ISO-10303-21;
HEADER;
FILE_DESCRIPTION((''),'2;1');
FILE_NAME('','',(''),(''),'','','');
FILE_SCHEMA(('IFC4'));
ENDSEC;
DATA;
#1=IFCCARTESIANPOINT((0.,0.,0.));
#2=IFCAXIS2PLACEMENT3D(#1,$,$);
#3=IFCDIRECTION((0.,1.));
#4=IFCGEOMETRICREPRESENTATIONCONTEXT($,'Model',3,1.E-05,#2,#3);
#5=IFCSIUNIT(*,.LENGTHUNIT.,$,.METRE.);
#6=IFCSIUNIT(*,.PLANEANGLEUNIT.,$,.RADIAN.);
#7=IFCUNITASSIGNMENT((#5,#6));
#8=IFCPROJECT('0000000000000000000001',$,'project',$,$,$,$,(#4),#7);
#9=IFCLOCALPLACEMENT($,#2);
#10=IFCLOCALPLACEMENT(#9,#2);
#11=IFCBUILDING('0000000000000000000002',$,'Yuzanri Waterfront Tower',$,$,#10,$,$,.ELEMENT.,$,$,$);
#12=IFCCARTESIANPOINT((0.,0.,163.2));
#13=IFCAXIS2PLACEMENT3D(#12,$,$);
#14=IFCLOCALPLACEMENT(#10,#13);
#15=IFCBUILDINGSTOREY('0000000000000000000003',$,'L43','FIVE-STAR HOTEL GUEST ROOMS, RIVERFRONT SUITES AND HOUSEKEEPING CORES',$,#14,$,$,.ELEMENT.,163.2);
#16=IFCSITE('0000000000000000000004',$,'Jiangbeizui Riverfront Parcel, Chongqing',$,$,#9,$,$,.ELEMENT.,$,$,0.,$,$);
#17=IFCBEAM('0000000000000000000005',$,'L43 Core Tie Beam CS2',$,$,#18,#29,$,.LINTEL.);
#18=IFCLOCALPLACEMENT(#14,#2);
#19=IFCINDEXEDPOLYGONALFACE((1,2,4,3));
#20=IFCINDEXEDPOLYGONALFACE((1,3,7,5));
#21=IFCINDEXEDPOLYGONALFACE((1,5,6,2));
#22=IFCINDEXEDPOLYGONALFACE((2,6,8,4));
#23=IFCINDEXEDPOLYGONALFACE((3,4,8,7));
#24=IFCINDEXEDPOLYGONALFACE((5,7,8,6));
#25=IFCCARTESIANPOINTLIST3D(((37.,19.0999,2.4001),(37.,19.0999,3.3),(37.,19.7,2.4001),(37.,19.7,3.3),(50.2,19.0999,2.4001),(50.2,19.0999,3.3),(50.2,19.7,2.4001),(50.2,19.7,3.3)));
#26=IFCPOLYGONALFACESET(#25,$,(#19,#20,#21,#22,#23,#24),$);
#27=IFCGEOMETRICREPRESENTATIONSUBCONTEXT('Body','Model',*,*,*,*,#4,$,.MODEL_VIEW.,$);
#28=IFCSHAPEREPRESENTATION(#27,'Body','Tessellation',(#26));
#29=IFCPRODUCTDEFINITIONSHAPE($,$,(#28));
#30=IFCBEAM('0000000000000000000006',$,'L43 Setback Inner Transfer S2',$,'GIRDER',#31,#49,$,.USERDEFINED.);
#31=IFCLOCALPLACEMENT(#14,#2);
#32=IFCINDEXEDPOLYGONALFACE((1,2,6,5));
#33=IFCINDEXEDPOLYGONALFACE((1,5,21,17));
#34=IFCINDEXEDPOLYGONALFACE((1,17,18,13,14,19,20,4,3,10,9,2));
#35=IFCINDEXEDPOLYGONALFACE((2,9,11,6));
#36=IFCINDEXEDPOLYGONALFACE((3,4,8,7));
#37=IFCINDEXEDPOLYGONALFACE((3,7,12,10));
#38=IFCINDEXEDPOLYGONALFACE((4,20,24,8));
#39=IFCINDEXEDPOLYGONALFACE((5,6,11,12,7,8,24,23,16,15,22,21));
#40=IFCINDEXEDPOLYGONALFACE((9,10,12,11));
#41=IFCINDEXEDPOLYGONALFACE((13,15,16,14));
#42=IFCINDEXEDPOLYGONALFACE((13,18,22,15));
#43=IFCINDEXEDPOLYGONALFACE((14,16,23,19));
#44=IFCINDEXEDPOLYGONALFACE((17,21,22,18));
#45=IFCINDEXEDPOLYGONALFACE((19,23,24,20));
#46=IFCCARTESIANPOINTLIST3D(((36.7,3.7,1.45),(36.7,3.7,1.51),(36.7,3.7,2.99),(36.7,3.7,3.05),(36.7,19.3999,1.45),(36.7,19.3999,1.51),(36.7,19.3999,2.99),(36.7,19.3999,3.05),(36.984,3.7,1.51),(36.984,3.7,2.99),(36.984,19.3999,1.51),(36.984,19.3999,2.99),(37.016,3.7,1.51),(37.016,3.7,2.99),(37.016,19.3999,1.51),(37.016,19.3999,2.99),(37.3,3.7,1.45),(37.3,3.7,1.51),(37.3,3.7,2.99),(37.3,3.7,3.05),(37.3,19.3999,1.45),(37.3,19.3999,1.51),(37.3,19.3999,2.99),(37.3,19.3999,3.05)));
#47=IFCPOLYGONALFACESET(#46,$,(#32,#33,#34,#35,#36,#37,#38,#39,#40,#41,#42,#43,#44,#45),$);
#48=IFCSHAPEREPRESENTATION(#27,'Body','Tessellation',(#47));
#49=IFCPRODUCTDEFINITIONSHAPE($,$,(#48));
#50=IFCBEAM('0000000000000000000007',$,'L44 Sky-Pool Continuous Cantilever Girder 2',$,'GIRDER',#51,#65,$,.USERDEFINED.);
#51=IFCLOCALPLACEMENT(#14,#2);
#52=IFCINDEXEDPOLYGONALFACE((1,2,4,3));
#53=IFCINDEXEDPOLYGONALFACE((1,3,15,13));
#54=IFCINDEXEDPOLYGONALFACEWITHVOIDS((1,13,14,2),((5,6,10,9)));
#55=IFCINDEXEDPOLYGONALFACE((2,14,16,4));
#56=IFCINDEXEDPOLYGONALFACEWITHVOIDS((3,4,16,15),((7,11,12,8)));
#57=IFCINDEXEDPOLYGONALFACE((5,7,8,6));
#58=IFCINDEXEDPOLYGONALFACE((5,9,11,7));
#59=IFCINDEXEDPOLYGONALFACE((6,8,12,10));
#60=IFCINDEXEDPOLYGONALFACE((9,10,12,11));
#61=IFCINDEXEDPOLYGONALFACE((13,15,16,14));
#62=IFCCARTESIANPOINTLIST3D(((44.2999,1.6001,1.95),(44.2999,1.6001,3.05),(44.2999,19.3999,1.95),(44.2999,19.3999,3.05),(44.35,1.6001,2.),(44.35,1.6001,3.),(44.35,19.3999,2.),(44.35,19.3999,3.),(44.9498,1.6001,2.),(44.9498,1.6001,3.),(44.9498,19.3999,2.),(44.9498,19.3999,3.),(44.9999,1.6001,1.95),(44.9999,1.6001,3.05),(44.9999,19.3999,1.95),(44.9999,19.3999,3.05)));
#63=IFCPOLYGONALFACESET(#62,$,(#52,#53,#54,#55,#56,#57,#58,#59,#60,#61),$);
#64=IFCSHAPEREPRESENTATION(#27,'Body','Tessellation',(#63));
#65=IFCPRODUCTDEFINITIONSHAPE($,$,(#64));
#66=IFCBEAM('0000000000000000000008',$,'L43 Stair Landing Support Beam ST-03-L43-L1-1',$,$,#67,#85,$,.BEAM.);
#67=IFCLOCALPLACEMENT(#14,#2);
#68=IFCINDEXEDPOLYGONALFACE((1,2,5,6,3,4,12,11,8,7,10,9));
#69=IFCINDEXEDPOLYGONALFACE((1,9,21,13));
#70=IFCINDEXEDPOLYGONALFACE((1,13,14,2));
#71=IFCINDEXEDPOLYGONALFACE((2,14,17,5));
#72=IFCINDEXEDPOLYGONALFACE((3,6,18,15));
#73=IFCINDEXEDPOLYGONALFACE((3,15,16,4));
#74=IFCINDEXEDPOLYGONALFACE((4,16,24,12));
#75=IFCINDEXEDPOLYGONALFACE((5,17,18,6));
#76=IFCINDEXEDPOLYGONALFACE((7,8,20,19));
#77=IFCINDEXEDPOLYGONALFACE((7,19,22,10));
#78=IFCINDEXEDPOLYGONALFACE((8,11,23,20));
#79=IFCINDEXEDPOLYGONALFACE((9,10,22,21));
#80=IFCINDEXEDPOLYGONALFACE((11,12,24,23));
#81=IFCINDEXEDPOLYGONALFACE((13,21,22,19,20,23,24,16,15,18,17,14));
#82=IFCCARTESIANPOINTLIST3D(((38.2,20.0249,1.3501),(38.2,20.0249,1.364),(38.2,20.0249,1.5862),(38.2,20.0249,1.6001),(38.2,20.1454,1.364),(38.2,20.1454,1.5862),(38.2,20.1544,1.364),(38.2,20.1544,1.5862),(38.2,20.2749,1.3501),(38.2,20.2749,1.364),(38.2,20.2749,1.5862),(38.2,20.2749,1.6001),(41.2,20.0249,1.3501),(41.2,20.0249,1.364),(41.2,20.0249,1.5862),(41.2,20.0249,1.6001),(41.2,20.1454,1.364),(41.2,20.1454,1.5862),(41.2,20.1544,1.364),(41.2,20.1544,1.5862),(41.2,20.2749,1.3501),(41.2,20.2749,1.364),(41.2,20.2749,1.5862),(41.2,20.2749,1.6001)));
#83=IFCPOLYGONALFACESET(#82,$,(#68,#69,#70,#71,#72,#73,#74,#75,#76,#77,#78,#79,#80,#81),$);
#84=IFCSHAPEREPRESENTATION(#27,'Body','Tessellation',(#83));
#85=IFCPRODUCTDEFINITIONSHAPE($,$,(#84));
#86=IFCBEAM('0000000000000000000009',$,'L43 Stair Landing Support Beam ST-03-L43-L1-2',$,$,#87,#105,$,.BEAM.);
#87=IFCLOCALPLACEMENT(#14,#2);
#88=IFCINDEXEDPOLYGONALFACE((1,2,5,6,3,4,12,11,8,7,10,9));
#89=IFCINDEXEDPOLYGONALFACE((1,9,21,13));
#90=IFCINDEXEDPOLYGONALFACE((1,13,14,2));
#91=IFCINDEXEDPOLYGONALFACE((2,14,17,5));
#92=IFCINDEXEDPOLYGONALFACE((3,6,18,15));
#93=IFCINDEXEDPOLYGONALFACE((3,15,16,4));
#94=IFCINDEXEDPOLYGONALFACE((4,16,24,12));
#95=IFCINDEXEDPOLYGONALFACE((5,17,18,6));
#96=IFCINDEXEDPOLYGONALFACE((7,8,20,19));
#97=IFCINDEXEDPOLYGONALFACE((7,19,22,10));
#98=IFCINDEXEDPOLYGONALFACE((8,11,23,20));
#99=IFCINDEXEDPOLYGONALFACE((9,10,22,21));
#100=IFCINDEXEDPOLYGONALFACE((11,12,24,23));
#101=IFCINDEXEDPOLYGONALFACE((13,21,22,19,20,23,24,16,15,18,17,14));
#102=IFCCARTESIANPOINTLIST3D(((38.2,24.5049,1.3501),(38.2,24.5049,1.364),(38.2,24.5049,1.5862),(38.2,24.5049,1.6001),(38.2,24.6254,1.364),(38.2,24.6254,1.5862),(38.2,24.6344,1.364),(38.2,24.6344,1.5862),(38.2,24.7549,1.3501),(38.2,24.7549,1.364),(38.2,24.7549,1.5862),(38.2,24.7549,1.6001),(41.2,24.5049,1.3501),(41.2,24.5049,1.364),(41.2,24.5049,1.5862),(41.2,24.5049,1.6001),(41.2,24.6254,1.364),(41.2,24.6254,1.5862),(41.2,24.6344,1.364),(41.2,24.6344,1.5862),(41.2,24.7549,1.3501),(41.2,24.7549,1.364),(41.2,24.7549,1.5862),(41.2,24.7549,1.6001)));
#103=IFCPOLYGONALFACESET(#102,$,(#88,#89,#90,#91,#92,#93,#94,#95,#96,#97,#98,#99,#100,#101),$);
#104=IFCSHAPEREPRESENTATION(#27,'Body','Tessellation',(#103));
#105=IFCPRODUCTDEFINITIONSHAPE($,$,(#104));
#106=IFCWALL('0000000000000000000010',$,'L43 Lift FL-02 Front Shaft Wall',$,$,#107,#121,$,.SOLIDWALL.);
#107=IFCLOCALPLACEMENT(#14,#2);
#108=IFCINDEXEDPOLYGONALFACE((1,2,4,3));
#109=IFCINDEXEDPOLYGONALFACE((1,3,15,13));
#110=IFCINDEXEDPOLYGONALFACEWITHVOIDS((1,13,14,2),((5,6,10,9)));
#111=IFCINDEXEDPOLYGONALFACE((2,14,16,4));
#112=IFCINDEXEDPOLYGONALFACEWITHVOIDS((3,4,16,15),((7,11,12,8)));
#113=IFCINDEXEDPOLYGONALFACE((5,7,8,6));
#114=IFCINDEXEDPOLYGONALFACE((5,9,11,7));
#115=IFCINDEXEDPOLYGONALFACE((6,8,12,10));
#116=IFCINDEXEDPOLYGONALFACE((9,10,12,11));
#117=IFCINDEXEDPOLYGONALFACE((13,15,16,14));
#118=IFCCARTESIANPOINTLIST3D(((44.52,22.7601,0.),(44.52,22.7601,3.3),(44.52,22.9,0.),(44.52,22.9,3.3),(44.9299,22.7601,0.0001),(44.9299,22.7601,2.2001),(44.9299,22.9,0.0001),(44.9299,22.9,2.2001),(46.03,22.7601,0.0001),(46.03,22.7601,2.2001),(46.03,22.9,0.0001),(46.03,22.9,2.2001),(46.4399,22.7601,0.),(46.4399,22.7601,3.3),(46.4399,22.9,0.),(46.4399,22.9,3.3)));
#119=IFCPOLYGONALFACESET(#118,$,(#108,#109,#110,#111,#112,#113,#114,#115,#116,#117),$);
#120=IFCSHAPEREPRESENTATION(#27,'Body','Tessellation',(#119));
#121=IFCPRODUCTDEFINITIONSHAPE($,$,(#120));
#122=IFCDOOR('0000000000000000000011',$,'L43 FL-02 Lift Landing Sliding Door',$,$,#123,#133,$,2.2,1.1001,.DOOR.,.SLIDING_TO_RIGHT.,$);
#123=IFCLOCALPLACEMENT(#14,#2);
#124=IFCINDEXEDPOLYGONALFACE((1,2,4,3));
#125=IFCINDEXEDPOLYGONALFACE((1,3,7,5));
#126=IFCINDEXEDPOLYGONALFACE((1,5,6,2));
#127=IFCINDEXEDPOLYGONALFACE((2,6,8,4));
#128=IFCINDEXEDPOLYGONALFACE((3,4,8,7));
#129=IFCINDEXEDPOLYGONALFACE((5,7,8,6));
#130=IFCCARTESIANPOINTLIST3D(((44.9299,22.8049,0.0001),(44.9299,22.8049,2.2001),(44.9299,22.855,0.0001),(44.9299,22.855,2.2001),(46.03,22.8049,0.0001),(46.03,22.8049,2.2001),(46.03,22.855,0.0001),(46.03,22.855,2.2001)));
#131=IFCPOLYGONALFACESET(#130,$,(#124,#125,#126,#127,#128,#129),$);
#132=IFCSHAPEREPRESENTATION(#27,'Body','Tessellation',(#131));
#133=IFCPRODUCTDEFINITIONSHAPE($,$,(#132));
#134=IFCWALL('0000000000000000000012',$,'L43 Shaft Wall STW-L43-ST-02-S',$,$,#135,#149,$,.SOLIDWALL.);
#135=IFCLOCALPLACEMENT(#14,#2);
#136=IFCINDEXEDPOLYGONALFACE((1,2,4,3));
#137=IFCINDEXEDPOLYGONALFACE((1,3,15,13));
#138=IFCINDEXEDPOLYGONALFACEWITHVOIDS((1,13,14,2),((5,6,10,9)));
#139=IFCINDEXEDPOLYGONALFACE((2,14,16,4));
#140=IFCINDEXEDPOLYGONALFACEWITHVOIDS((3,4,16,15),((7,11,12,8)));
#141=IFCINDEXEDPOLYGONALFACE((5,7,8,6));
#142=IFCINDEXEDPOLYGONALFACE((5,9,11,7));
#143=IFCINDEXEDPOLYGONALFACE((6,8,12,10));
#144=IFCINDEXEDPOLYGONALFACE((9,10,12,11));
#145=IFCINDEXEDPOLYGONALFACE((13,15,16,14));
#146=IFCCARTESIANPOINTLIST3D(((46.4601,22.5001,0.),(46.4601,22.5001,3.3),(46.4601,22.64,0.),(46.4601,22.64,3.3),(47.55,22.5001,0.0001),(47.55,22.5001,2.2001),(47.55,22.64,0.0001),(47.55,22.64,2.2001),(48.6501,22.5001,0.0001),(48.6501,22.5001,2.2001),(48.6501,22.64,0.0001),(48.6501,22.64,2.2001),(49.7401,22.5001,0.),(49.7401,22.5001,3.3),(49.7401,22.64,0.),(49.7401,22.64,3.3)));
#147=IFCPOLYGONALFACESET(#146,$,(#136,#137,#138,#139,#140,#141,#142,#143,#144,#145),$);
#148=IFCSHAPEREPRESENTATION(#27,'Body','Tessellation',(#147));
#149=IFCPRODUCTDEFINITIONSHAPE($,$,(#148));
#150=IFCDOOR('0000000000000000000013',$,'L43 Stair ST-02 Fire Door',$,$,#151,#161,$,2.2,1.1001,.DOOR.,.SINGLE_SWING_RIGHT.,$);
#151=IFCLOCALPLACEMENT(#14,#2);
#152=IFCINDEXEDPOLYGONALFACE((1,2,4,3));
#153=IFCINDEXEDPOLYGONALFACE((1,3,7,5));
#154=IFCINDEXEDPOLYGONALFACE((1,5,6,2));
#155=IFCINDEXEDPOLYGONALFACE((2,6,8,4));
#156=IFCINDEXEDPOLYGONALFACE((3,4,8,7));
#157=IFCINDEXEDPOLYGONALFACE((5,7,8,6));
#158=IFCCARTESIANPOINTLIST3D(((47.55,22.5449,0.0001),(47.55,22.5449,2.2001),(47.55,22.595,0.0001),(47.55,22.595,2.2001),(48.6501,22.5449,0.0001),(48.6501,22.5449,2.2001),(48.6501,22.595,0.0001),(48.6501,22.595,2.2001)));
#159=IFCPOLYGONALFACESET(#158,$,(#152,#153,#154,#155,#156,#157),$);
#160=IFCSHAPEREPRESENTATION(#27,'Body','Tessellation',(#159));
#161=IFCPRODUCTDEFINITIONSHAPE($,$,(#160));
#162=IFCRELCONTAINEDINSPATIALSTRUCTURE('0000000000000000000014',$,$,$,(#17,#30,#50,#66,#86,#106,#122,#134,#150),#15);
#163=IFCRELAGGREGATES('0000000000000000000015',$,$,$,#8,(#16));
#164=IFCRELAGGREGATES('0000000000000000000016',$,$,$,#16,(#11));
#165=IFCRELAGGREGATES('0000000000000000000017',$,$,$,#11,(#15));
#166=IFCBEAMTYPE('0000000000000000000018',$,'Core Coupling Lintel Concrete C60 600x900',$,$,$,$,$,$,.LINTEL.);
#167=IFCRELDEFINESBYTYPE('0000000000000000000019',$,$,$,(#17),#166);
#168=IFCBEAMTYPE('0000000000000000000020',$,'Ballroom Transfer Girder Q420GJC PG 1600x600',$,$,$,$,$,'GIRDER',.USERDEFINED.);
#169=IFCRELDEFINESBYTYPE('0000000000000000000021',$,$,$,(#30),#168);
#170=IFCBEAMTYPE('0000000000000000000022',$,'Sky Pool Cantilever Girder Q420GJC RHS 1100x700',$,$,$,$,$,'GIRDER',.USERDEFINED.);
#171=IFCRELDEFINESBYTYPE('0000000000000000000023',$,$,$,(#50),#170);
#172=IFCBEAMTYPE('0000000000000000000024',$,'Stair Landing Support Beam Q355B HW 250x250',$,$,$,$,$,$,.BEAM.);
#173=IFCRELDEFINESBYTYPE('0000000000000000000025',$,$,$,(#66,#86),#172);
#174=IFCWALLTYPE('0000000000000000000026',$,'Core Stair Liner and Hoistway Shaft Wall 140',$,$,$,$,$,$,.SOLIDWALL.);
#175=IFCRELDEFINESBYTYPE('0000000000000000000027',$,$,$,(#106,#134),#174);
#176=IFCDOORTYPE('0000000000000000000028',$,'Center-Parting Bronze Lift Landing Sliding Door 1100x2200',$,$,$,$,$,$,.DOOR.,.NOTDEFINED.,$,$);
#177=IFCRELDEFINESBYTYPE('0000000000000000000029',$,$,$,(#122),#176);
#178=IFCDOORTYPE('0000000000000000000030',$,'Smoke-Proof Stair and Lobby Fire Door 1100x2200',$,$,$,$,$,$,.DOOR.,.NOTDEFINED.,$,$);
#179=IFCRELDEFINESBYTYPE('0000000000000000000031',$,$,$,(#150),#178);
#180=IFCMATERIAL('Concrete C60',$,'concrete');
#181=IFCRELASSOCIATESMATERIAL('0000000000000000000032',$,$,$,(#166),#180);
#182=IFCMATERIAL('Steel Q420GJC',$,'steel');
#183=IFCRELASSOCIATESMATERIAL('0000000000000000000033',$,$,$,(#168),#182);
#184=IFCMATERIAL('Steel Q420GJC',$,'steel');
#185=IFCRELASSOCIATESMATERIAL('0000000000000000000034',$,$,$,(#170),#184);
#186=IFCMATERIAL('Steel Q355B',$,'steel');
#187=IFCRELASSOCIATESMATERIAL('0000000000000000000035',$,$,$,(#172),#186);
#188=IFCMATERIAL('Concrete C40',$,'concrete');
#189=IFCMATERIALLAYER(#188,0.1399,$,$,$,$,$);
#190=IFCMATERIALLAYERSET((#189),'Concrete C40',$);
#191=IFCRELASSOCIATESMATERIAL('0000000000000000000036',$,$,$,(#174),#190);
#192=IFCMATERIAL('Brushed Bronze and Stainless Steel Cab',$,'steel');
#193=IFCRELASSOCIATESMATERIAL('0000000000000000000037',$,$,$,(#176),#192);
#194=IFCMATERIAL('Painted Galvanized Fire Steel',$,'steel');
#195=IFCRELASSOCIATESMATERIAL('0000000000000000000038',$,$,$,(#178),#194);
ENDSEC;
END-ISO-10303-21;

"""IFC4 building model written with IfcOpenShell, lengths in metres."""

from ifc_helpers import new_model, si_unit, direction, frame, frame_2d, origin, origin_2d, place, context, subcontext, project, spatial, rectangle, hollow_rectangle, i_section, extrude, source, transform, mapped, material, layer, layer_set, material_profile, profile_set, type_object, element, fill, save


model = new_model("IFC4")

# Units and contexts
model_context = context("Model", 3, precision=1e-05, world=origin(), true_north=direction((0.0, 1.0)))
body_context = subcontext(model_context, "Body", "Model", "MODEL_VIEW")
ifc_project = project(units=[si_unit("LENGTHUNIT", "METRE"), si_unit("PLANEANGLEUNIT", "RADIAN")], contexts=[model_context])

# Site, building, storey
site_placement = place(None, origin())
site = spatial("IfcSite", under=ifc_project, at=site_placement, Name="Jiangbeizui Riverfront Parcel, Chongqing", CompositionType="ELEMENT", RefElevation=0.0)
building_placement = place(site_placement, origin())
building = spatial("IfcBuilding", under=site, at=building_placement, Name="Yuzanri Waterfront Tower", CompositionType="ELEMENT")
storey_placement = place(building_placement, frame((0.0, 0.0, 163.2)))
storey = spatial("IfcBuildingStorey", under=building, at=storey_placement, Name="L43", Description="FIVE-STAR HOTEL GUEST ROOMS, RIVERFRONT SUITES AND HOUSEKEEPING CORES", CompositionType="ELEMENT", Elevation=163.2)

# Beams
ifc_material_1 = material(Name="Concrete C60", Category="concrete")
ifc_material_profile_1 = material_profile(ifc_material_1, rectangle(XDim=0.6001, YDim=0.8999, at=origin_2d()), Name="RC 600x900")
ifc_profile_set_1 = profile_set([ifc_material_profile_1], Name="Concrete C60")
beam_type_1 = type_object("IfcBeamType", Name="Core Coupling Lintel Concrete C60 600x900", PredefinedType="LINTEL", material=ifc_profile_set_1)
shared_shape_1 = source(origin(), body_context, "Body", "SweptSolid", [
    extrude(rectangle(XDim=0.6001, YDim=0.8999, at=origin_2d()), origin(), (0.0, 0.0, 1.0), 13.2),
])
beam_1_placement = place(storey_placement, frame((37.0, 19.3999, 2.8501), z_axis=(1.0, 0.0, 0.0), x_axis=(0.0, 1.0, 0.0)))
element("IfcBeam", 1, at=beam_1_placement, inside=storey, type_object=beam_type_1, Name="L43 Core Tie Beam CS2", PredefinedType="LINTEL", context=body_context, shape_type="MappedRepresentation", body=[
    mapped(shared_shape_1, transform((0.0, 0.0, 0.0), scale=1.0)),
])
ifc_material_2 = material(Name="Steel Q420GJC", Category="steel")
ifc_material_profile_2 = material_profile(ifc_material_2, i_section(OverallWidth=0.6001, OverallDepth=1.6001, WebThickness=0.032, FlangeThickness=0.0601, at=origin_2d()), Name="PG 1600x600x32x60")
ifc_profile_set_2 = profile_set([ifc_material_profile_2], Name="Steel Q420GJC")
beam_type_2 = type_object("IfcBeamType", Name="Ballroom Transfer Girder Q420GJC PG 1600x600", ElementType="GIRDER", PredefinedType="USERDEFINED", material=ifc_profile_set_2)
shared_shape_2 = source(origin(), body_context, "Body", "SweptSolid", [
    extrude(i_section(OverallWidth=0.6001, OverallDepth=1.6001, WebThickness=0.032, FlangeThickness=0.0601, at=origin_2d()), origin(), (0.0, 0.0, 1.0), 15.7),
])
beam_2_placement = place(storey_placement, frame((37.0, 19.3999, 2.25), z_axis=(0.0, -1.0, 0.0), x_axis=(1.0, 0.0, 0.0)))
element("IfcBeam", 2, at=beam_2_placement, inside=storey, type_object=beam_type_2, Name="L43 Setback Inner Transfer S2", ObjectType="GIRDER", PredefinedType="USERDEFINED", context=body_context, shape_type="MappedRepresentation", body=[
    mapped(shared_shape_2, transform((0.0, 0.0, 0.0), scale=1.0)),
])
ifc_material_3 = material(Name="Steel Q420GJC", Category="steel")
ifc_material_profile_3 = material_profile(ifc_material_3, hollow_rectangle(XDim=0.7, YDim=1.1001, WallThickness=0.05, at=origin_2d()), Name="RHS 1100x700x50")
ifc_profile_set_3 = profile_set([ifc_material_profile_3], Name="Steel Q420GJC")
beam_type_3 = type_object("IfcBeamType", Name="Sky Pool Cantilever Girder Q420GJC RHS 1100x700", ElementType="GIRDER", PredefinedType="USERDEFINED", material=ifc_profile_set_3)
shared_shape_3 = source(origin(), body_context, "Body", "SweptSolid", [
    extrude(hollow_rectangle(XDim=0.7, YDim=1.1001, WallThickness=0.05, at=origin_2d()), origin(), (0.0, 0.0, 1.0), 17.7998),
])
beam_3_placement = place(storey_placement, frame((44.6499, 19.3999, 2.5), z_axis=(0.0, -1.0, 0.0), x_axis=(1.0, 0.0, 0.0)))
element("IfcBeam", 3, at=beam_3_placement, inside=storey, type_object=beam_type_3, Name="L44 Sky-Pool Continuous Cantilever Girder 2", ObjectType="GIRDER", PredefinedType="USERDEFINED", context=body_context, shape_type="MappedRepresentation", body=[
    mapped(shared_shape_3, transform((0.0, 0.0, 0.0), scale=1.0)),
])
ifc_material_4 = material(Name="Steel Q355B", Category="steel")
ifc_material_profile_4 = material_profile(ifc_material_4, i_section(OverallWidth=0.25, OverallDepth=0.25, WebThickness=0.009, FlangeThickness=0.0139, at=origin_2d()), Name="HW 250x250x9x14")
ifc_profile_set_4 = profile_set([ifc_material_profile_4], Name="Steel Q355B")
beam_type_4 = type_object("IfcBeamType", Name="Stair Landing Support Beam Q355B HW 250x250", PredefinedType="BEAM", material=ifc_profile_set_4)
shared_shape_4 = source(origin(), body_context, "Body", "SweptSolid", [
    extrude(i_section(OverallWidth=0.25, OverallDepth=0.25, WebThickness=0.009, FlangeThickness=0.0139, at=origin_2d()), origin(), (0.0, 0.0, 1.0), 3.0),
])
for number, where, z_axis, x_axis, name in (
    (4, (38.2, 20.1499, 1.4751), (1.0, 0.0, 0.0), (0.0, 1.0, 0.0), "L43 Stair Landing Support Beam ST-03-L43-L1-1"),
    (5, (38.2, 24.6299, 1.4751), (1.0, 0.0, 0.0), (0.0, 1.0, 0.0), "L43 Stair Landing Support Beam ST-03-L43-L1-2"),
):
    element("IfcBeam", number, at=place(storey_placement, frame(where, z_axis=z_axis, x_axis=x_axis)), inside=storey, type_object=beam_type_4, Name=name, PredefinedType="BEAM", context=body_context, shape_type="MappedRepresentation", body=[
        mapped(shared_shape_4, transform((0.0, 0.0, 0.0), scale=1.0)),
    ])

# Walls, openings, doors
ifc_material_5 = material(Name="Concrete C40", Category="concrete")
ifc_layer_1 = layer(ifc_material_5, 0.1399)
ifc_layer_set_1 = layer_set([ifc_layer_1], Name="Concrete C40")
wall_type_1 = type_object("IfcWallType", Name="Core Stair Liner and Hoistway Shaft Wall 140", PredefinedType="SOLIDWALL", material=ifc_layer_set_1)
wall_1_placement = place(storey_placement, frame((44.52, 22.8301, 0.0), z_axis=(0.0, 0.0, 1.0), x_axis=(1.0, 0.0, 0.0)))
wall_1 = element("IfcWall", 6, at=wall_1_placement, inside=storey, type_object=wall_type_1, Name="L43 Lift FL-02 Front Shaft Wall", PredefinedType="SOLIDWALL", context=body_context, shape_type="SweptSolid", body=[
    extrude(rectangle(XDim=1.9199, YDim=0.1399, at=frame_2d((0.96, 0.0))), origin(), (0.0, 0.0, 1.0), 3.3),
])
opening_1_placement = place(wall_1_placement, frame((0.4099, 0.0, 0.0)))
opening_1 = element("IfcOpeningElement", 7, at=opening_1_placement, cuts=wall_1, PredefinedType="OPENING", context=body_context, shape_type="SweptSolid", body=[
    extrude(rectangle(XDim=1.1001, YDim=2.2, at=frame_2d((0.55, 1.1001))), frame((0.0, 0.085, 0.0), z_axis=(0.0, -1.0, 0.0), x_axis=(1.0, 0.0, 0.0)), (0.0, 0.0, 1.0), 0.1697),
])
ifc_material_6 = material(Name="Brushed Bronze and Stainless Steel Cab", Category="steel")
door_type_1 = type_object("IfcDoorType", Name="Center-Parting Bronze Lift Landing Sliding Door 1100x2200", OperationType="NOTDEFINED", PredefinedType="DOOR", material=ifc_material_6)
shared_shape_5 = source(origin(), body_context, "Body", "SweptSolid", [
    extrude(rectangle(XDim=1.1001, YDim=2.2, at=frame_2d((0.55, 1.1001))), frame((0.0, 0.0249, 0.0), z_axis=(0.0, -1.0, 0.0), x_axis=(1.0, 0.0, 0.0)), (0.0, 0.0, 1.0), 0.05),
])
door_1_placement = place(opening_1_placement, origin())
door_1 = element("IfcDoor", 8, at=door_1_placement, inside=storey, type_object=door_type_1, Name="L43 FL-02 Lift Landing Sliding Door", OperationType="SLIDING_TO_RIGHT", OverallHeight=2.2, OverallWidth=1.1001, PredefinedType="DOOR", context=body_context, shape_type="MappedRepresentation", body=[
    mapped(shared_shape_5, transform((0.0, 0.0, 0.0), scale=1.0)),
])
fill(opening_1, door_1)
wall_2_placement = place(storey_placement, frame((46.46, 22.5701, 0.0), z_axis=(0.0, 0.0, 1.0), x_axis=(1.0, 0.0, 0.0)))
wall_2 = element("IfcWall", 9, at=wall_2_placement, inside=storey, type_object=wall_type_1, Name="L43 Shaft Wall STW-L43-ST-02-S", PredefinedType="SOLIDWALL", context=body_context, shape_type="SweptSolid", body=[
    extrude(rectangle(XDim=3.28, YDim=0.1399, at=frame_2d((1.6401, 0.0))), origin(), (0.0, 0.0, 1.0), 3.3),
])
opening_2_placement = place(wall_2_placement, frame((1.0901, 0.0, 0.0)))
opening_2 = element("IfcOpeningElement", 10, at=opening_2_placement, cuts=wall_2, PredefinedType="OPENING", context=body_context, shape_type="SweptSolid", body=[
    extrude(rectangle(XDim=1.1001, YDim=2.2, at=frame_2d((0.55, 1.1001))), frame((0.0, 0.085, 0.0), z_axis=(0.0, -1.0, 0.0), x_axis=(1.0, 0.0, 0.0)), (0.0, 0.0, 1.0), 0.1697),
])
ifc_material_7 = material(Name="Painted Galvanized Fire Steel", Category="steel")
door_type_2 = type_object("IfcDoorType", Name="Smoke-Proof Stair and Lobby Fire Door 1100x2200", OperationType="NOTDEFINED", PredefinedType="DOOR", material=ifc_material_7)
shared_shape_6 = source(origin(), body_context, "Body", "SweptSolid", [
    extrude(rectangle(XDim=1.1001, YDim=2.2, at=frame_2d((0.55, 1.1001))), frame((0.0, 0.0249, 0.0), z_axis=(0.0, -1.0, 0.0), x_axis=(1.0, 0.0, 0.0)), (0.0, 0.0, 1.0), 0.05),
])
door_2_placement = place(opening_2_placement, origin())
door_2 = element("IfcDoor", 11, at=door_2_placement, inside=storey, type_object=door_type_2, Name="L43 Stair ST-02 Fire Door", OperationType="SINGLE_SWING_RIGHT", OverallHeight=2.2, OverallWidth=1.1001, PredefinedType="DOOR", context=body_context, shape_type="MappedRepresentation", body=[
    mapped(shared_shape_6, transform((0.0, 0.0, 0.0), scale=1.0)),
])
fill(opening_2, door_2)

save(model, "model.ifc")
